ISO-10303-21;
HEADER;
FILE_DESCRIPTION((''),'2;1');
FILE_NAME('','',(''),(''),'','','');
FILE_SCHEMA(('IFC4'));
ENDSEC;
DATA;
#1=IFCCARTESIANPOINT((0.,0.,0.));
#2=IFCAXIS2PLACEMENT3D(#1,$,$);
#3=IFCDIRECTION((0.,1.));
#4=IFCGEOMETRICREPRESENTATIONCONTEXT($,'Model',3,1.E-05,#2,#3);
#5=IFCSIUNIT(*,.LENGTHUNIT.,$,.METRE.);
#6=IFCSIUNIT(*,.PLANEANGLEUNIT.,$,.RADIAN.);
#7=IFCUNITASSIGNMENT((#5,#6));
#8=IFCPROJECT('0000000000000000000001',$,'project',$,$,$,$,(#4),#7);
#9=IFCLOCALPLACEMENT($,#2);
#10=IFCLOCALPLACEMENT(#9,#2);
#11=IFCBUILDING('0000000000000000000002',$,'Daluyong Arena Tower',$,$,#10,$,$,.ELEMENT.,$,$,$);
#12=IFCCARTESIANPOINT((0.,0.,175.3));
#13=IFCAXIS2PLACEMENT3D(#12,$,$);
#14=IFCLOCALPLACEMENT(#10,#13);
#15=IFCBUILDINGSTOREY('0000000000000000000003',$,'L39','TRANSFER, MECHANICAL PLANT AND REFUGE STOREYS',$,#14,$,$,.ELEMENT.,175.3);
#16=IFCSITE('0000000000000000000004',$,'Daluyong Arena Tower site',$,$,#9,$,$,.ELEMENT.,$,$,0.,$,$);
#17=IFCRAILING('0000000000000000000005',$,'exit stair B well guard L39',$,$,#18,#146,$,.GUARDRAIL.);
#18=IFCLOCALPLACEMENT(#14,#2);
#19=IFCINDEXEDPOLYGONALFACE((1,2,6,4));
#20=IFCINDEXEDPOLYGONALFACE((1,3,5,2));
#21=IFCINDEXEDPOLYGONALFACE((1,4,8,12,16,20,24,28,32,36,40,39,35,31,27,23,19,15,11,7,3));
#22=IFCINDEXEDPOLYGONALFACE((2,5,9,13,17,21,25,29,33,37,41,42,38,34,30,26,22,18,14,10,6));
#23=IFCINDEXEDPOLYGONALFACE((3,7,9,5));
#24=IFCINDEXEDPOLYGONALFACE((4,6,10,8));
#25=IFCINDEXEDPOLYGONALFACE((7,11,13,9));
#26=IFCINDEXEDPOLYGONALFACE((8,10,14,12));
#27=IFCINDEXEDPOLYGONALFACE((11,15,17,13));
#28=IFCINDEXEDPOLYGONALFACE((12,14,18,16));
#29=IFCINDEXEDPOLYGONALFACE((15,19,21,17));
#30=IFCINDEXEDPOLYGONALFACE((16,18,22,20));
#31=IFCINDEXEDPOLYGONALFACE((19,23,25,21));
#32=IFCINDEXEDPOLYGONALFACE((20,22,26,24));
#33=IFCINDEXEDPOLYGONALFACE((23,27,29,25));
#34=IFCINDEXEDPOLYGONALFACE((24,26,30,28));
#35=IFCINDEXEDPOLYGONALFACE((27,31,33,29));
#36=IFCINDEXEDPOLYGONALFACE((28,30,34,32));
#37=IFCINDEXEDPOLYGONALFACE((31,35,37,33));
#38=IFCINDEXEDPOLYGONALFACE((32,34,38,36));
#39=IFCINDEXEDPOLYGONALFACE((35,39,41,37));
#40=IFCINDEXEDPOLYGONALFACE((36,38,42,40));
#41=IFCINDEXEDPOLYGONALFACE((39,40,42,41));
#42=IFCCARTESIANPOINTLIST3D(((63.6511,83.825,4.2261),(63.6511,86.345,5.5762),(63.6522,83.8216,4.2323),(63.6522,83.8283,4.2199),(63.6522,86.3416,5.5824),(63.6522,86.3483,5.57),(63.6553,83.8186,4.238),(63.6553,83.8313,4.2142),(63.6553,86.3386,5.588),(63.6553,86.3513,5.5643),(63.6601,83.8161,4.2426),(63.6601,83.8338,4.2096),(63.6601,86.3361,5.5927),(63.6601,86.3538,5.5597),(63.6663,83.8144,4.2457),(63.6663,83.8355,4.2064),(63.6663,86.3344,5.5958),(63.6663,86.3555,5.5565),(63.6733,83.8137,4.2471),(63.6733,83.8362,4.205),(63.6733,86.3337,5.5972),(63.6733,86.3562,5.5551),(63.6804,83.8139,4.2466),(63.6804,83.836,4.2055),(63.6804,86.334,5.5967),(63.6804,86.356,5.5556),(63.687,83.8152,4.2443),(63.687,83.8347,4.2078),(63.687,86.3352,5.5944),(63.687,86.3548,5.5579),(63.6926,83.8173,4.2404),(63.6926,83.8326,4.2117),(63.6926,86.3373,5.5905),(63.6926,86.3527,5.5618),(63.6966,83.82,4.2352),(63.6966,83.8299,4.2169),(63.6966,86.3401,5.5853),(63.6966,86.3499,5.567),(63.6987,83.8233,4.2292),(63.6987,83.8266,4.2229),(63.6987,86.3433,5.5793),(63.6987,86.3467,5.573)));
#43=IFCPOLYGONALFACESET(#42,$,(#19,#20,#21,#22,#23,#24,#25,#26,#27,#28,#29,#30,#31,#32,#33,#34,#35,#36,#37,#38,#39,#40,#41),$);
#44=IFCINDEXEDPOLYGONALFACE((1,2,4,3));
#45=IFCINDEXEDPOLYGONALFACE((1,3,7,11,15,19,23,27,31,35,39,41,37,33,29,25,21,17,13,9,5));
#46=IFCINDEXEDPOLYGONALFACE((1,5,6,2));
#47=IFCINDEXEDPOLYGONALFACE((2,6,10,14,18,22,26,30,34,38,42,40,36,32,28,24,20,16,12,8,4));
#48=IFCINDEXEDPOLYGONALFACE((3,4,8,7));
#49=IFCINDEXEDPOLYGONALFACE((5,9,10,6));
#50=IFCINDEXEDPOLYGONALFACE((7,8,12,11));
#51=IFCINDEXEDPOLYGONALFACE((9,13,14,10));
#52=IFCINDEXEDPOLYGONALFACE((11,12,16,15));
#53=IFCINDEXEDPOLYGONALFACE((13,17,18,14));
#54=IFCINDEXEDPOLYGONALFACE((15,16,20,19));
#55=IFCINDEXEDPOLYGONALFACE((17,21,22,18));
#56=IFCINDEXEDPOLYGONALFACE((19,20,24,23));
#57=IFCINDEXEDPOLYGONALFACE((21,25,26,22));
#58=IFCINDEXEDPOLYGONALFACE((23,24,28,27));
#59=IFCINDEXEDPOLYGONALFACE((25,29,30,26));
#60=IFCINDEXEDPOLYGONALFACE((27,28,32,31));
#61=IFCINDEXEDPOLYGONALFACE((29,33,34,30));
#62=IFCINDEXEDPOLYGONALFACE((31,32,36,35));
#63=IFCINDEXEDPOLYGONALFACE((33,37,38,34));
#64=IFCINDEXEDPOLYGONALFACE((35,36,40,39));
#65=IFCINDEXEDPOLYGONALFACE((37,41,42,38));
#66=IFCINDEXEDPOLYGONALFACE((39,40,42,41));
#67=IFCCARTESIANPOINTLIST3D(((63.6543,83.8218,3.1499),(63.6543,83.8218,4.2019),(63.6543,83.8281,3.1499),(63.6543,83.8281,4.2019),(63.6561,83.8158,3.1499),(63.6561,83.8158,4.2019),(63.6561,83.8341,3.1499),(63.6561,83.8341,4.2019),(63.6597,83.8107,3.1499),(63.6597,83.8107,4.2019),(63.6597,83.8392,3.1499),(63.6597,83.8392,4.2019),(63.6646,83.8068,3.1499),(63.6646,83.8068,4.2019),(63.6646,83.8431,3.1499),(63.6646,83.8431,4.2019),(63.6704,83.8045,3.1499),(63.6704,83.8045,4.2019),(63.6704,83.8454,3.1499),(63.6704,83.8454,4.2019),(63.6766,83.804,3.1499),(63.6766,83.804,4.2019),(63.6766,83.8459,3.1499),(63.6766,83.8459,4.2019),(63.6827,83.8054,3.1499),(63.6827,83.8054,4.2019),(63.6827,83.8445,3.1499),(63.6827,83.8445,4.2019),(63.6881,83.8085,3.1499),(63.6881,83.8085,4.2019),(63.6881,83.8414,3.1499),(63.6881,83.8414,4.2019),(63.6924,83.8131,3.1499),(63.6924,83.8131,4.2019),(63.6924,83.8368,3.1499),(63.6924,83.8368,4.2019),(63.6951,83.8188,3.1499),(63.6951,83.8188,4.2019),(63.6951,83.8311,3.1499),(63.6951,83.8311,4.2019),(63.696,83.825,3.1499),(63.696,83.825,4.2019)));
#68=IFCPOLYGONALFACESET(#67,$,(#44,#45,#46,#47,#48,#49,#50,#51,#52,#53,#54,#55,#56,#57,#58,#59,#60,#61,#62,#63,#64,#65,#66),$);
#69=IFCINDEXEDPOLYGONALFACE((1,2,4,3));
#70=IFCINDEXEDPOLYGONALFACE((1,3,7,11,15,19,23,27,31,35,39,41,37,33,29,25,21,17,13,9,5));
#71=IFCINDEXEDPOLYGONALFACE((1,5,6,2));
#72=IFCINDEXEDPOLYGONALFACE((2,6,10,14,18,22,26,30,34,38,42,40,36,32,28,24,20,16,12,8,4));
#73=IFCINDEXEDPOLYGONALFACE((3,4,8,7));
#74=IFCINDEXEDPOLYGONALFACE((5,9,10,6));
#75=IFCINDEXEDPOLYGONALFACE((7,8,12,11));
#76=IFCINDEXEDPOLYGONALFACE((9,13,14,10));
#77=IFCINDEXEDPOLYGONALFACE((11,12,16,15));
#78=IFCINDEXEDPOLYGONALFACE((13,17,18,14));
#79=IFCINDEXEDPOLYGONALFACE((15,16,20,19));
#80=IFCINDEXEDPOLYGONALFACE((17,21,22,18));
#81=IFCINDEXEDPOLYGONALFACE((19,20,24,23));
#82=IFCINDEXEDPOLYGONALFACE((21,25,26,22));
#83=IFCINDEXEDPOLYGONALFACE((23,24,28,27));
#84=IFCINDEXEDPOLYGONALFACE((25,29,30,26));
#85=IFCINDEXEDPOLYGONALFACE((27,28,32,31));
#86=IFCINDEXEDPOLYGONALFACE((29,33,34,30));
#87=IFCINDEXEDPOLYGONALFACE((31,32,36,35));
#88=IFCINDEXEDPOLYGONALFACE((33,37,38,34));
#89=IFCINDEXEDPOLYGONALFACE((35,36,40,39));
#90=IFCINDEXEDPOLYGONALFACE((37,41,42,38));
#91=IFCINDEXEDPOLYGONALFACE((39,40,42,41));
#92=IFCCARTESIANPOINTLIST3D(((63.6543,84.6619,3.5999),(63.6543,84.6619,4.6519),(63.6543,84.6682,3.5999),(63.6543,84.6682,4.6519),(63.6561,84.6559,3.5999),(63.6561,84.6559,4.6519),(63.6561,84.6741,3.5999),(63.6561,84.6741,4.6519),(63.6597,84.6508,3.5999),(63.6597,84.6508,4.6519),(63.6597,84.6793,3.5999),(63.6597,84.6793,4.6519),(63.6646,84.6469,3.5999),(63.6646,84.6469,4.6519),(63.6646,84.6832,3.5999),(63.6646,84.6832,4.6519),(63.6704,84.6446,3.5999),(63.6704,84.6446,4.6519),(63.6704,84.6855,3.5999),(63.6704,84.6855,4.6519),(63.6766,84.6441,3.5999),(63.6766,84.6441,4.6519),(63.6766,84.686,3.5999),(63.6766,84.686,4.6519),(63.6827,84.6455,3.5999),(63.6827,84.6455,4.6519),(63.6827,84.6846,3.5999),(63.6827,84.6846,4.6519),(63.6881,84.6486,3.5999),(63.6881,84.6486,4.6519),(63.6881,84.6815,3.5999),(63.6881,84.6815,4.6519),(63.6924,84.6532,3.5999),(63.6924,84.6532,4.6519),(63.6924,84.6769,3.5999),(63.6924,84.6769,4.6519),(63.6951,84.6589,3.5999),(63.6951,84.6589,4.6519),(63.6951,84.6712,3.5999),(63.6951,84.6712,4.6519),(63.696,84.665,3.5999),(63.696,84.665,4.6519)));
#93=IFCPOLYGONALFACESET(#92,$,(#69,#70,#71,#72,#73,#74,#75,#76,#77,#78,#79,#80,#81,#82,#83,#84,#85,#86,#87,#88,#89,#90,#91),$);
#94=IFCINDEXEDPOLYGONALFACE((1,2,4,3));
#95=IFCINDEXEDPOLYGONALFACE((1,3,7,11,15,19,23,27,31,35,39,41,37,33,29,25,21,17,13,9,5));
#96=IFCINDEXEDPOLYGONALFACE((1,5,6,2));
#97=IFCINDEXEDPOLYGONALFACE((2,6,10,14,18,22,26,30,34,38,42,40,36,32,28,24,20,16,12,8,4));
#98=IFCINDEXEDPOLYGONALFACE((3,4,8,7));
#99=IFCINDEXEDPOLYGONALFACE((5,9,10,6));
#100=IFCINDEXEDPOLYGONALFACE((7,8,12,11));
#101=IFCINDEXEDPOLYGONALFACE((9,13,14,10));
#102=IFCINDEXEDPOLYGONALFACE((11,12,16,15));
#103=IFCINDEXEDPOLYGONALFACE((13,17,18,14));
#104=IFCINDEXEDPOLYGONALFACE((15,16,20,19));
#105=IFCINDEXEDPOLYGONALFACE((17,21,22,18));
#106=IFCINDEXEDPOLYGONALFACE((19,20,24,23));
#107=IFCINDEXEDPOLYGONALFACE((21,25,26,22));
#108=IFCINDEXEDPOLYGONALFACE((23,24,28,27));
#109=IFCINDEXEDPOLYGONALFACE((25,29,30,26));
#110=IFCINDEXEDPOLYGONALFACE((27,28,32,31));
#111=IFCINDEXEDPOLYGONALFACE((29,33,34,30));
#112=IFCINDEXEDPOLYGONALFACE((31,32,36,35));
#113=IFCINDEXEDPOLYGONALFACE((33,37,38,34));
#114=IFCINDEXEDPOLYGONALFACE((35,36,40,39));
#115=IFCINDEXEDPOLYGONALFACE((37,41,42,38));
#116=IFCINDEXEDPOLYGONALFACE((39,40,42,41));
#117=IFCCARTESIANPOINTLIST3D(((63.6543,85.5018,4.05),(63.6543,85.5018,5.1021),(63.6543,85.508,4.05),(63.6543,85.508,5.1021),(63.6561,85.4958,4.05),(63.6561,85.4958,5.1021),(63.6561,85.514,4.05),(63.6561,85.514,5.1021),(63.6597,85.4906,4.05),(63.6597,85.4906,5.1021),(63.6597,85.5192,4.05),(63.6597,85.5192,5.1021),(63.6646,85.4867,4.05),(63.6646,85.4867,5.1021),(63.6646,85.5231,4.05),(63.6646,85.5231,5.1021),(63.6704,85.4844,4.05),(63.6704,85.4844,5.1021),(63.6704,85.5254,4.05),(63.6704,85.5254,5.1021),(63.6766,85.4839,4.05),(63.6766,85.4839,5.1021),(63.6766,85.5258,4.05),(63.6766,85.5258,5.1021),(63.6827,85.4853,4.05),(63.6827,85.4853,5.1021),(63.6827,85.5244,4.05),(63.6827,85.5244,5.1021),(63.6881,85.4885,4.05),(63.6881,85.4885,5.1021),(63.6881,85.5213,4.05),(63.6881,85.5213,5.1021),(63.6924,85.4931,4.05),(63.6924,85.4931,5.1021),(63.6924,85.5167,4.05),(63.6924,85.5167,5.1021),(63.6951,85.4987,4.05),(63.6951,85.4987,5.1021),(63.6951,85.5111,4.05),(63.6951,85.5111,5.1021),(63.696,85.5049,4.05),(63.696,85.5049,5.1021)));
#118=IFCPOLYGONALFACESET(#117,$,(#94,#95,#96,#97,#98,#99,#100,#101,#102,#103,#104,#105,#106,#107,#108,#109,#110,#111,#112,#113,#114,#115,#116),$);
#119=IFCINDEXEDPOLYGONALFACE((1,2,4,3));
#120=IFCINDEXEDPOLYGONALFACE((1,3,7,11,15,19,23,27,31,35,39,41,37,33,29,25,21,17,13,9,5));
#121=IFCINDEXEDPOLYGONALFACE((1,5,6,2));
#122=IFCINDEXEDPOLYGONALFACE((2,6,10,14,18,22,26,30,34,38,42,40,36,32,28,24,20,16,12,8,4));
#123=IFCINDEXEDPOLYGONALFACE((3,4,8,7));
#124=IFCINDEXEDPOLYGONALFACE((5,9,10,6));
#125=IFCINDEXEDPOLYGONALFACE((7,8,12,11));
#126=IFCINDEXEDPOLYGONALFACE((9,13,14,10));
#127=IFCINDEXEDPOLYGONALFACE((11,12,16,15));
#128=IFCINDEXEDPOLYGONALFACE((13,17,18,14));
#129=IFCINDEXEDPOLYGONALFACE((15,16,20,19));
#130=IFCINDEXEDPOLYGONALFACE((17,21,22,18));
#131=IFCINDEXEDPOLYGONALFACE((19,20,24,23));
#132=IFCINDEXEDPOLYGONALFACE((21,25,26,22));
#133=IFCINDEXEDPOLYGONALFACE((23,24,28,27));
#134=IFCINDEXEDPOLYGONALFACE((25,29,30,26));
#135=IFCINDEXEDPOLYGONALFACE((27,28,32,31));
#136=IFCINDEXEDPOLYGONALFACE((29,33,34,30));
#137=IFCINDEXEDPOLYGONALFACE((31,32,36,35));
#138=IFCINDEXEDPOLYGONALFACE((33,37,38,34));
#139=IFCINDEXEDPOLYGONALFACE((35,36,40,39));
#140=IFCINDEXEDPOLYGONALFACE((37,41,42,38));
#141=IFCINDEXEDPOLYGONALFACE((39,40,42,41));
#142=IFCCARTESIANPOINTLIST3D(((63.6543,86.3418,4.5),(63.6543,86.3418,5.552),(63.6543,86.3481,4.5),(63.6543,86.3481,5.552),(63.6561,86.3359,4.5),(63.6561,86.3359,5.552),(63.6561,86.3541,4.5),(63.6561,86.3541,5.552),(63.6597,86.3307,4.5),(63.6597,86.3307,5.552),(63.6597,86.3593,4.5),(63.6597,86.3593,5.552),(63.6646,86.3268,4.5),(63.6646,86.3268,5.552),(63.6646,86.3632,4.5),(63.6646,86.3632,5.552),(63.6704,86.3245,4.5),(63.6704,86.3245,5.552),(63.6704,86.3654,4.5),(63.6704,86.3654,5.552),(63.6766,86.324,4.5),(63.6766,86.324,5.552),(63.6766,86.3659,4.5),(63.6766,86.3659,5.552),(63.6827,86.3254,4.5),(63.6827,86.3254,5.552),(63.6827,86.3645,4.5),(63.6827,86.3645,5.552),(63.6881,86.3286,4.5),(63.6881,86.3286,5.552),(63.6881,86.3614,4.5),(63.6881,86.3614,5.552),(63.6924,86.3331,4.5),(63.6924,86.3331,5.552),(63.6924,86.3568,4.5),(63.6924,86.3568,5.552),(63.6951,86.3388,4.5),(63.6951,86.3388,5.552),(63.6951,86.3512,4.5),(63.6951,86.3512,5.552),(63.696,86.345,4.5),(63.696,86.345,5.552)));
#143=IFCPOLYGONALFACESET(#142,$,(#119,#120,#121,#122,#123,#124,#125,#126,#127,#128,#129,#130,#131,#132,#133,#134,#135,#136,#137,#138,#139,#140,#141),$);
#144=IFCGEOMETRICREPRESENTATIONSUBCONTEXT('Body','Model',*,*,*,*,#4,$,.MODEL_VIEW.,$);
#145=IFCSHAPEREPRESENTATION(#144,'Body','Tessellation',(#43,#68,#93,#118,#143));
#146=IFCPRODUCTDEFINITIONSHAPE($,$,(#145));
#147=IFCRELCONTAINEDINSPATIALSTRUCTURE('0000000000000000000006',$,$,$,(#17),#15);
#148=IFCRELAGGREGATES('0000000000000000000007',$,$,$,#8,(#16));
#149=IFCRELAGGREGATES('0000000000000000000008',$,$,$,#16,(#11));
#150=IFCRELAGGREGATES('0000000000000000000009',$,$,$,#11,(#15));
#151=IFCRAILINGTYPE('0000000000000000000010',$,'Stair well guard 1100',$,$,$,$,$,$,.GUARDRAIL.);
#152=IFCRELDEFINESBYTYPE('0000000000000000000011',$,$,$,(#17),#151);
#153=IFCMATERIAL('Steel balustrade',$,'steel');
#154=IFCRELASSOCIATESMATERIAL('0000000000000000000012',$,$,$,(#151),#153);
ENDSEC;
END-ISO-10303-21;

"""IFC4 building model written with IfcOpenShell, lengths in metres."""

from ifc_helpers import new_model, si_unit, direction, frame, origin, origin_2d, place, context, subcontext, project, spatial, circle, extrude, material, type_object, element, save


model = new_model("IFC4")

# Units and contexts
model_context = context("Model", 3, precision=1e-05, world=origin(), true_north=direction((0.0, 1.0)))
body_context = subcontext(model_context, "Body", "Model", "MODEL_VIEW")
ifc_project = project(units=[si_unit("LENGTHUNIT", "METRE"), si_unit("PLANEANGLEUNIT", "RADIAN")], contexts=[model_context])

# Site, building, storey
site_placement = place(None, origin())
site = spatial("IfcSite", under=ifc_project, at=site_placement, Name="Daluyong Arena Tower site", CompositionType="ELEMENT", RefElevation=0.0)
building_placement = place(site_placement, origin())
building = spatial("IfcBuilding", under=site, at=building_placement, Name="Daluyong Arena Tower", CompositionType="ELEMENT")
storey_placement = place(building_placement, frame((0.0, 0.0, 175.3)))
storey = spatial("IfcBuildingStorey", under=building, at=storey_placement, Name="L39", Description="TRANSFER, MECHANICAL PLANT AND REFUGE STOREYS", CompositionType="ELEMENT", Elevation=175.3)

# Railing
ifc_material_1 = material(Name="Steel balustrade", Category="steel")
railing_type_1 = type_object("IfcRailingType", Name="Stair well guard 1100", PredefinedType="GUARDRAIL", material=ifc_material_1)
railing_1_placement = place(storey_placement, frame((63.675, 83.825, 3.1499)))
element("IfcRailing", 1, at=railing_1_placement, inside=storey, type_object=railing_type_1, Name="exit stair B well guard L39", PredefinedType="GUARDRAIL", context=body_context, shape_type="SweptSolid", body=[
    extrude(circle(Radius=0.0239, at=origin_2d()), frame((0.0, 0.0, 1.0762), z_axis=(0.0, 0.881467, 0.472245), x_axis=(-1.0, 0.0, 0.0)), (0.0, 0.0, 1.0), 2.8589),
    extrude(circle(Radius=0.021, at=origin_2d()), origin(), (0.0, 0.0, 1.0), 1.052),
    extrude(circle(Radius=0.021, at=origin_2d()), frame((0.0, 0.8401, 0.45)), (0.0, 0.0, 1.0), 1.052),
    extrude(circle(Radius=0.021, at=origin_2d()), frame((0.0, 1.6799, 0.9001)), (0.0, 0.0, 1.0), 1.052),
    extrude(circle(Radius=0.021, at=origin_2d()), frame((0.0, 2.52, 1.3501)), (0.0, 0.0, 1.0), 1.052),
])

save(model, "model.ifc")
